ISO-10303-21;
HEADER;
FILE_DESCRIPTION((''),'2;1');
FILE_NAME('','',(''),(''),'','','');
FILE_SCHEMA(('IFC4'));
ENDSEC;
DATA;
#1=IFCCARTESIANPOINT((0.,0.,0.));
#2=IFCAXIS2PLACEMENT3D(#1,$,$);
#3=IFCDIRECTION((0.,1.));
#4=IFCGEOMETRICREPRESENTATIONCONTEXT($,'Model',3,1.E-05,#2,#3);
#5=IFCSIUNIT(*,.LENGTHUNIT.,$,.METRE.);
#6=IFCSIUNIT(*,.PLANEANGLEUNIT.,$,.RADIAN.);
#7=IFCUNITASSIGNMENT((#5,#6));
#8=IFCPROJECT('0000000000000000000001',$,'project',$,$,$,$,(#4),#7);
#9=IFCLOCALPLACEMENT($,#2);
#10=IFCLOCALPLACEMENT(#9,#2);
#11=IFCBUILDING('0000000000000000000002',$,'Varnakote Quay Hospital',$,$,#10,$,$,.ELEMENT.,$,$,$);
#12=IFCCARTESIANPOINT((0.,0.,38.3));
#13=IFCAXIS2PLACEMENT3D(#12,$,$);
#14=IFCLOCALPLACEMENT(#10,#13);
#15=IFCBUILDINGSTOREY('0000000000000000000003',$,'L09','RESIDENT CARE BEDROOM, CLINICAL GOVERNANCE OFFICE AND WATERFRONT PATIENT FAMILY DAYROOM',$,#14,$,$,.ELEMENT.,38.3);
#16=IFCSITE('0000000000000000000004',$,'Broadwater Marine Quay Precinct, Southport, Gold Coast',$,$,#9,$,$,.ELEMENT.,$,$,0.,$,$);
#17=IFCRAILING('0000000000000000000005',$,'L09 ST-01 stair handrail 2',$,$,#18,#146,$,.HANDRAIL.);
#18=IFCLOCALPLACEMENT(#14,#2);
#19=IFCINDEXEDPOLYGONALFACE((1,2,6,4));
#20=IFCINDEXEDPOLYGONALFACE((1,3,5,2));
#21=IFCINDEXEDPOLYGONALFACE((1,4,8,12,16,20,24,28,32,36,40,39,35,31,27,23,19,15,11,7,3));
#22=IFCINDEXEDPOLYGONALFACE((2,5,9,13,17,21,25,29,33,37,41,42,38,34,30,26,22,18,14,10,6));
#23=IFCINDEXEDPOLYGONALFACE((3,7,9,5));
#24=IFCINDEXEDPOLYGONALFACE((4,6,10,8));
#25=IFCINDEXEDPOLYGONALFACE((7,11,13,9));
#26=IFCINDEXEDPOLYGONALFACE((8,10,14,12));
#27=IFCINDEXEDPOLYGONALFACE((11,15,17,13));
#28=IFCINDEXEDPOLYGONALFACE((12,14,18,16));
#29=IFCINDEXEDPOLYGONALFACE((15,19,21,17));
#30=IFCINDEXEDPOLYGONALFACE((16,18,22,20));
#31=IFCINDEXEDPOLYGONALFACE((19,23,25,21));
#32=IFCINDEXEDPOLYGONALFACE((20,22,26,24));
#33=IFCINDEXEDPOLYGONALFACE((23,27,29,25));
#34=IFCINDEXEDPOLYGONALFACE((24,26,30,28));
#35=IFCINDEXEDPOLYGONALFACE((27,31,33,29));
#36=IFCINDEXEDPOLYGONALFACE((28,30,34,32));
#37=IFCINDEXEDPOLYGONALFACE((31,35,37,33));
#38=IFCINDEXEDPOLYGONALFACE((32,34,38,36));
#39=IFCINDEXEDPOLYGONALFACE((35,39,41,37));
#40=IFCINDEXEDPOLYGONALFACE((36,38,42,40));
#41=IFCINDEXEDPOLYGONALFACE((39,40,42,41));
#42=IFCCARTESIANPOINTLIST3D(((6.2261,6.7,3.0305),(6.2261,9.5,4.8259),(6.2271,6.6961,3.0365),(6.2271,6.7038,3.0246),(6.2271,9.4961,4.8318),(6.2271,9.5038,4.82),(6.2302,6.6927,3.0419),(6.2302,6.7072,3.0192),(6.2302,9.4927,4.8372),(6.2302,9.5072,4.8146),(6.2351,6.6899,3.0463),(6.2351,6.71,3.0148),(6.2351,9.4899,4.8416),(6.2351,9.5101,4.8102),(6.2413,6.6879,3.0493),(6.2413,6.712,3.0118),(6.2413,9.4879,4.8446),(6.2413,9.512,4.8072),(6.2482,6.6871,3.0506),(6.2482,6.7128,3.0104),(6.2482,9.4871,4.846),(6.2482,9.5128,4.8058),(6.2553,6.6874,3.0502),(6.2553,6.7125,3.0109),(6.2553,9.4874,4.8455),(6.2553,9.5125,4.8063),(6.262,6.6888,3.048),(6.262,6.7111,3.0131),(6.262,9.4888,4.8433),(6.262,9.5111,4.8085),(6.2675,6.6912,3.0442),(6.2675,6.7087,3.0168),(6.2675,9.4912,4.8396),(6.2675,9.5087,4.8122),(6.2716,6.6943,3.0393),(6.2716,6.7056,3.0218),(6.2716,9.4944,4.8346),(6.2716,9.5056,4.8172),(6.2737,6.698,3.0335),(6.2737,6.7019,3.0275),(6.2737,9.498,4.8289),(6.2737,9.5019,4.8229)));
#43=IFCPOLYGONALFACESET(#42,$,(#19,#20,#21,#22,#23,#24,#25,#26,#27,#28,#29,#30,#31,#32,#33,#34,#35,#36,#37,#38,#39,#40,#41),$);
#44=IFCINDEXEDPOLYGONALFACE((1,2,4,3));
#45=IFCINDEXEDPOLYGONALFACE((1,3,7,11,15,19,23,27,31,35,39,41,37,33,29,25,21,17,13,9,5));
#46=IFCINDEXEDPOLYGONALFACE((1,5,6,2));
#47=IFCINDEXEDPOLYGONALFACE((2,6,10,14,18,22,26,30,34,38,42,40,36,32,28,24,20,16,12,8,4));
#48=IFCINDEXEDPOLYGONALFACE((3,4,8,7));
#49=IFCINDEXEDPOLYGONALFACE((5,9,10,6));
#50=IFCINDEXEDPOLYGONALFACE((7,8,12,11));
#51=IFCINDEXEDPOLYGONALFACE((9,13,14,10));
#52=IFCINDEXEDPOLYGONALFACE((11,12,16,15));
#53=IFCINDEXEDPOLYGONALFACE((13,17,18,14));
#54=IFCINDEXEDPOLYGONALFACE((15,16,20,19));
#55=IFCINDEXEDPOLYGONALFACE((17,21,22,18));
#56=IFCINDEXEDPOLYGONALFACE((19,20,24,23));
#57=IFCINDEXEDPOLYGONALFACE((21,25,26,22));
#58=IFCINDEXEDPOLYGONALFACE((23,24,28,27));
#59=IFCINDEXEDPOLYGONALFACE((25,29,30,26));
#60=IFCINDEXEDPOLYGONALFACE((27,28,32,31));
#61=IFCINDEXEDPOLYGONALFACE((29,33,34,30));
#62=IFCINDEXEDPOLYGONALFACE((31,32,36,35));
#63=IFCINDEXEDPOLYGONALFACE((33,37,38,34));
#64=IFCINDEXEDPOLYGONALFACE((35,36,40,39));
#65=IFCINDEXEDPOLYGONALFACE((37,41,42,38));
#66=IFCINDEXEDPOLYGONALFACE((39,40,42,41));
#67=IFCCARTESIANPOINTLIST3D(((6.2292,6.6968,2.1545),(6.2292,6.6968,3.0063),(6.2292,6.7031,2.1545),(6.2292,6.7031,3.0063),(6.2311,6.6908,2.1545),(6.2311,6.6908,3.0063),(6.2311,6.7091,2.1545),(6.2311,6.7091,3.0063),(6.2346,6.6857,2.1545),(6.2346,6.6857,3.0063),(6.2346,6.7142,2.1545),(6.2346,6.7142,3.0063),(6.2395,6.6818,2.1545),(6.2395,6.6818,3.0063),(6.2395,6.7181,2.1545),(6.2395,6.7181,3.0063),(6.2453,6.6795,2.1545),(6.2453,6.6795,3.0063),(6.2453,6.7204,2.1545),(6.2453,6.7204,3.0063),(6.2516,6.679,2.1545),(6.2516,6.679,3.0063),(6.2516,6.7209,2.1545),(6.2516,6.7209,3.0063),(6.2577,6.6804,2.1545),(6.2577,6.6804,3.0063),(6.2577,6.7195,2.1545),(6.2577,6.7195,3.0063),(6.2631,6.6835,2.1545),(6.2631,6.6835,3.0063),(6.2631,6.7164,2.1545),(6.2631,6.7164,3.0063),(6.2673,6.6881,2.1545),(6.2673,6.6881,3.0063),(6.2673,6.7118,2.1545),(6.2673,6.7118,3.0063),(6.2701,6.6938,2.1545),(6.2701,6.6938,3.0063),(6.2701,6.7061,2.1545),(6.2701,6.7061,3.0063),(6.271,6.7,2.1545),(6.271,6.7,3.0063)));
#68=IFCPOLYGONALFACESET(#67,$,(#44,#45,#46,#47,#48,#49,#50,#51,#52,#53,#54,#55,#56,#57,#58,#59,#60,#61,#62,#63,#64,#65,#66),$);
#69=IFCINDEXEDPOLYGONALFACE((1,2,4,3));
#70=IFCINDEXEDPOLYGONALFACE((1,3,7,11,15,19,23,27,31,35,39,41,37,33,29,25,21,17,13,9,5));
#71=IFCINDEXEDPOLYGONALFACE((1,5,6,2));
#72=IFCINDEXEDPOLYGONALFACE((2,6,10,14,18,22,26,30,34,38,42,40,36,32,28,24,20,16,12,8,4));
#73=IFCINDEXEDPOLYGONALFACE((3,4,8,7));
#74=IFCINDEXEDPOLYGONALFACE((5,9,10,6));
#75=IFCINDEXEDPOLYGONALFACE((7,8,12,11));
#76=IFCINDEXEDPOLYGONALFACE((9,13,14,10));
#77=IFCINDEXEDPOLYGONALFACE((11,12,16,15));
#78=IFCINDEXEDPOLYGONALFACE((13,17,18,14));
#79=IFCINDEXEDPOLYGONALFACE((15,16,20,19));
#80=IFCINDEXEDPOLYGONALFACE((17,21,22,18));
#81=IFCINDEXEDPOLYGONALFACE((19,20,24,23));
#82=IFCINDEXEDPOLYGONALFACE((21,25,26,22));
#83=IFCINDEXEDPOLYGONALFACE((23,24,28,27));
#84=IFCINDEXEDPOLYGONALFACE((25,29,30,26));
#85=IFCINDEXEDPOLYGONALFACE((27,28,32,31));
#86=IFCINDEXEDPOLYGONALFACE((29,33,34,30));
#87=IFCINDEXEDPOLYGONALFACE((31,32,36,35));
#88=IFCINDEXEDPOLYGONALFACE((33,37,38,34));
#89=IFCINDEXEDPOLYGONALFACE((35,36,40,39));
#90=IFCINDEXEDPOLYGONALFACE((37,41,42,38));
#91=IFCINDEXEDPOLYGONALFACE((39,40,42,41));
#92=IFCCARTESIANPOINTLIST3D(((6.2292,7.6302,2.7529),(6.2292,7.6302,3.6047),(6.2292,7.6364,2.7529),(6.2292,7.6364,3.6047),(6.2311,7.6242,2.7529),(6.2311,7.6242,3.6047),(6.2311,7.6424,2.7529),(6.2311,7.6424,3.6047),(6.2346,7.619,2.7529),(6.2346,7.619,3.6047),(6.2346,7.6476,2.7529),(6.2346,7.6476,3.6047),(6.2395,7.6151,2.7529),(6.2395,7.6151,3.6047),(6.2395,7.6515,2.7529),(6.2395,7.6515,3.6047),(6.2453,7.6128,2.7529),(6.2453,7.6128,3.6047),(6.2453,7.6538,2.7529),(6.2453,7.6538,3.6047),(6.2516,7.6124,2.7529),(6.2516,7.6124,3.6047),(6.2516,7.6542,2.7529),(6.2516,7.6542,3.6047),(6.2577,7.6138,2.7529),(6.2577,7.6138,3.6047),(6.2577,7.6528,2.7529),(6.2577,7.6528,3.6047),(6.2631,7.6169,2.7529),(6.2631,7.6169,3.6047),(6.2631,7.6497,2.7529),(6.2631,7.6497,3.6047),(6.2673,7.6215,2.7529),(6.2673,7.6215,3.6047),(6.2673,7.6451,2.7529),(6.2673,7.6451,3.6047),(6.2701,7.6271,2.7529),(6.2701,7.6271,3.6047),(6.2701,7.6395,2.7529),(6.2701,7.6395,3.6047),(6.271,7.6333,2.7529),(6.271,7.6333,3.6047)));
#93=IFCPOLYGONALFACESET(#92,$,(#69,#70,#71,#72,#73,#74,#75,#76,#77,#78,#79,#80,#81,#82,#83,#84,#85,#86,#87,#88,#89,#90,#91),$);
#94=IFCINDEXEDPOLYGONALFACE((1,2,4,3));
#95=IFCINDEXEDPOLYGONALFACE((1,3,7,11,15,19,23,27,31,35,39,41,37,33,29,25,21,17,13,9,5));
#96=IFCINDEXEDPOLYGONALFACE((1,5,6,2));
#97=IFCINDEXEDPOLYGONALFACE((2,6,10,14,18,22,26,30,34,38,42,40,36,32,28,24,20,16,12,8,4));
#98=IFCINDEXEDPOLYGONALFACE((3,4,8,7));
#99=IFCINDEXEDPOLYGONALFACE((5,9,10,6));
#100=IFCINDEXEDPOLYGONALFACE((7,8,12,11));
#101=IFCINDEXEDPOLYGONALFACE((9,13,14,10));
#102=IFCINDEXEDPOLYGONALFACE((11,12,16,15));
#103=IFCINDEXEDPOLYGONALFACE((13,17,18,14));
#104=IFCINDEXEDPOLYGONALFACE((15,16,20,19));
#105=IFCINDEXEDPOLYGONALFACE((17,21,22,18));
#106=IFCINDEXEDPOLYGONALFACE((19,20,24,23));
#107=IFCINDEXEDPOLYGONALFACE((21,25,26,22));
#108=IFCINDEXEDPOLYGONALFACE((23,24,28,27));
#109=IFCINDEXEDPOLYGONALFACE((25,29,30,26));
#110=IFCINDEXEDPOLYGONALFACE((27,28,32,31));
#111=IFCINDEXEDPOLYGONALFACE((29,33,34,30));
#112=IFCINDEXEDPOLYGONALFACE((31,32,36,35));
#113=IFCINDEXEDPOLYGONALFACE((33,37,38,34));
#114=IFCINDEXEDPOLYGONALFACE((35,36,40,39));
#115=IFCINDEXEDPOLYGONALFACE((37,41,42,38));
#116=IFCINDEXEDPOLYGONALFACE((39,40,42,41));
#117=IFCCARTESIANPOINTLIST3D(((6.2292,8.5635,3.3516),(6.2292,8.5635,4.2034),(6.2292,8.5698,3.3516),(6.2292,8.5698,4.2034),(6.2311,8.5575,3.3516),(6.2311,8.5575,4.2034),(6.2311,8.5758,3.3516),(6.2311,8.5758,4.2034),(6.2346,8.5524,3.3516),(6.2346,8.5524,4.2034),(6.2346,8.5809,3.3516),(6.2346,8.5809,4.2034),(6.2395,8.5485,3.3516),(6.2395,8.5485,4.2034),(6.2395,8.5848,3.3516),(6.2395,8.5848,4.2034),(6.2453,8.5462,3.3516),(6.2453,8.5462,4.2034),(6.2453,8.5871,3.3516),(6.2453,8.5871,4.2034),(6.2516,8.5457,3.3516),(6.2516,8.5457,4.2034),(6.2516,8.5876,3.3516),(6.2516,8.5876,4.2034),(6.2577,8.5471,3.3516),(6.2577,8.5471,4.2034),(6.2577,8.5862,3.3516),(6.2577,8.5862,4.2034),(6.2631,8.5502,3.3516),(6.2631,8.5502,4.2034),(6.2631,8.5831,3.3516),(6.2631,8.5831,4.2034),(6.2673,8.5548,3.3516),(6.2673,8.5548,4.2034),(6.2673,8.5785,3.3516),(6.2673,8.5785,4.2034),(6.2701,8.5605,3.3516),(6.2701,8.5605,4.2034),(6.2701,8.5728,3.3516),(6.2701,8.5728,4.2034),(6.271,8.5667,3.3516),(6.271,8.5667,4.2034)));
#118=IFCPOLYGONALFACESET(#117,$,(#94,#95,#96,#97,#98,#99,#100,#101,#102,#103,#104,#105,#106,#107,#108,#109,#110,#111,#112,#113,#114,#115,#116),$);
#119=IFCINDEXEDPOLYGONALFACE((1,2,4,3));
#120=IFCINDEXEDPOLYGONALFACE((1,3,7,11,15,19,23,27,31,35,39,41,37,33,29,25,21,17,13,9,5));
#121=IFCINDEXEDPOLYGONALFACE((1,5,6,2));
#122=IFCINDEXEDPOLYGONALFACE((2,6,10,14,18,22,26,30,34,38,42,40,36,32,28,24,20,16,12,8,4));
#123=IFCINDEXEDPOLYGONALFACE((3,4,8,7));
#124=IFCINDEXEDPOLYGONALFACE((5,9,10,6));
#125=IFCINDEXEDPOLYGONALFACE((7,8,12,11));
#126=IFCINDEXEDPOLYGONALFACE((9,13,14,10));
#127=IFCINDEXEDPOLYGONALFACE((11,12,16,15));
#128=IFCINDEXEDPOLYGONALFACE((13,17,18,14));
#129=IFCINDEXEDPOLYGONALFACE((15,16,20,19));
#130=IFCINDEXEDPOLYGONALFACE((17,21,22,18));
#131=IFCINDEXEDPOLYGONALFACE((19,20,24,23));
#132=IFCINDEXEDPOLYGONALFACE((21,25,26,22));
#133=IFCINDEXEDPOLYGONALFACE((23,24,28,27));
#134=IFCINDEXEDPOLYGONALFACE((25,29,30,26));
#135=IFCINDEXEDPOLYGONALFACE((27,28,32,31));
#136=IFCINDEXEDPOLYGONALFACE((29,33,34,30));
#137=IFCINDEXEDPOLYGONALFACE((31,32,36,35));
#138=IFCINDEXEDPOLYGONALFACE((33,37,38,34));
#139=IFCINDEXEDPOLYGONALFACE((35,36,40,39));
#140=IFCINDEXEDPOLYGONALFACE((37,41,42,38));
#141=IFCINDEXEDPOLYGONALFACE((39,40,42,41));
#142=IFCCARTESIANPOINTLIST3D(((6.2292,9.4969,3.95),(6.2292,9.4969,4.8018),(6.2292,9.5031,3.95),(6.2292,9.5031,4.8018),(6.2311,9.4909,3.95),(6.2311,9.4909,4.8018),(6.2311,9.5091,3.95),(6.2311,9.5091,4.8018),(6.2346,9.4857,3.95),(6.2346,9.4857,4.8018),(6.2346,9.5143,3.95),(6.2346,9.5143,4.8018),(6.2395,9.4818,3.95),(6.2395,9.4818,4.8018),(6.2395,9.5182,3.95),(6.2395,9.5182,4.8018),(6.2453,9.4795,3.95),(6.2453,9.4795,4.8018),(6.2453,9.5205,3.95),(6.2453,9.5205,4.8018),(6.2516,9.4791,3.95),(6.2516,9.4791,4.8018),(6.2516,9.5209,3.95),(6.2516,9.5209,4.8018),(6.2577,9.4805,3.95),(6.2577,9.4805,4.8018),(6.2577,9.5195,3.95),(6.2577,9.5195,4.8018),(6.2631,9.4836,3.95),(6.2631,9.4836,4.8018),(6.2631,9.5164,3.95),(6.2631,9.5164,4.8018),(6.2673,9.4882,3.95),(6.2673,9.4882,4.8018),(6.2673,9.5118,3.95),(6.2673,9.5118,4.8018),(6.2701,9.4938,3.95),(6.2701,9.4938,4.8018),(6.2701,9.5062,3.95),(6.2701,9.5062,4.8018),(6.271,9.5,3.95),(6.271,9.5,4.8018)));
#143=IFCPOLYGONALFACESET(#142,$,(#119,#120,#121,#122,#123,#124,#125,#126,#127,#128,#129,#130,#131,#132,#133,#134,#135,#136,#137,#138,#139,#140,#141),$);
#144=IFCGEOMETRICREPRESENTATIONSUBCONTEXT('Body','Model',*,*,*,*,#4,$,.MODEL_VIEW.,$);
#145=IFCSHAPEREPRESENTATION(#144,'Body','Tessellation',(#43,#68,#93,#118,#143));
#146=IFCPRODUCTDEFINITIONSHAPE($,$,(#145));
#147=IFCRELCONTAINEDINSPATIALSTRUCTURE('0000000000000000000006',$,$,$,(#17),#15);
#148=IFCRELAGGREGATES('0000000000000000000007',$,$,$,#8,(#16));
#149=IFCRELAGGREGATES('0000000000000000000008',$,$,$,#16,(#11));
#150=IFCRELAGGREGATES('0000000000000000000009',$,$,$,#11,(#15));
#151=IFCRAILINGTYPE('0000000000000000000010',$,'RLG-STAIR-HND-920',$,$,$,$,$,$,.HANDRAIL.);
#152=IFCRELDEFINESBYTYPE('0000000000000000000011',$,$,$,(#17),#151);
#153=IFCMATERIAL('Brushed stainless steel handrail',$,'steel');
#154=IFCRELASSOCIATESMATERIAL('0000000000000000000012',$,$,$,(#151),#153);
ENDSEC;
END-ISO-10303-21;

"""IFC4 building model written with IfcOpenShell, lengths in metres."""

from ifc_helpers import new_model, si_unit, direction, frame, origin, origin_2d, place, context, subcontext, project, spatial, circle, extrude, material, type_object, element, save


model = new_model("IFC4")

# Units and contexts
model_context = context("Model", 3, precision=1e-05, world=origin(), true_north=direction((0.0, 1.0)))
body_context = subcontext(model_context, "Body", "Model", "MODEL_VIEW")
ifc_project = project(units=[si_unit("LENGTHUNIT", "METRE"), si_unit("PLANEANGLEUNIT", "RADIAN")], contexts=[model_context])

# Site, building, storey
site_placement = place(None, origin())
site = spatial("IfcSite", under=ifc_project, at=site_placement, Name="Broadwater Marine Quay Precinct, Southport, Gold Coast", CompositionType="ELEMENT", RefElevation=0.0)
building_placement = place(site_placement, origin())
building = spatial("IfcBuilding", under=site, at=building_placement, Name="Varnakote Quay Hospital", CompositionType="ELEMENT")
storey_placement = place(building_placement, frame((0.0, 0.0, 38.3)))
storey = spatial("IfcBuildingStorey", under=building, at=storey_placement, Name="L09", Description="RESIDENT CARE BEDROOM, CLINICAL GOVERNANCE OFFICE AND WATERFRONT PATIENT FAMILY DAYROOM", CompositionType="ELEMENT", Elevation=38.3)

# Railing
ifc_material_1 = material(Name="Brushed stainless steel handrail", Category="steel")
railing_type_1 = type_object("IfcRailingType", Name="RLG-STAIR-HND-920", PredefinedType="HANDRAIL", material=ifc_material_1)
railing_1_placement = place(storey_placement, frame((6.25, 6.7, 2.1545)))
element("IfcRailing", 1, at=railing_1_placement, inside=storey, type_object=railing_type_1, Name="L09 ST-01 stair handrail 2", PredefinedType="HANDRAIL", context=body_context, shape_type="SweptSolid", body=[
    extrude(circle(Radius=0.0239, at=origin_2d()), frame((0.0, 0.0, 0.876), z_axis=(0.0, 0.84181, 0.539774), x_axis=(-1.0, 0.0, 0.0)), (0.0, 0.0, 1.0), 3.3262),
    extrude(circle(Radius=0.021, at=origin_2d()), origin(), (0.0, 0.0, 1.0), 0.8518),
    extrude(circle(Radius=0.021, at=origin_2d()), frame((0.0, 0.9333, 0.5984)), (0.0, 0.0, 1.0), 0.8518),
    extrude(circle(Radius=0.021, at=origin_2d()), frame((0.0, 1.8667, 1.197)), (0.0, 0.0, 1.0), 0.8518),
    extrude(circle(Radius=0.021, at=origin_2d()), frame((0.0, 2.8, 1.7954)), (0.0, 0.0, 1.0), 0.8518),
])

save(model, "model.ifc")
